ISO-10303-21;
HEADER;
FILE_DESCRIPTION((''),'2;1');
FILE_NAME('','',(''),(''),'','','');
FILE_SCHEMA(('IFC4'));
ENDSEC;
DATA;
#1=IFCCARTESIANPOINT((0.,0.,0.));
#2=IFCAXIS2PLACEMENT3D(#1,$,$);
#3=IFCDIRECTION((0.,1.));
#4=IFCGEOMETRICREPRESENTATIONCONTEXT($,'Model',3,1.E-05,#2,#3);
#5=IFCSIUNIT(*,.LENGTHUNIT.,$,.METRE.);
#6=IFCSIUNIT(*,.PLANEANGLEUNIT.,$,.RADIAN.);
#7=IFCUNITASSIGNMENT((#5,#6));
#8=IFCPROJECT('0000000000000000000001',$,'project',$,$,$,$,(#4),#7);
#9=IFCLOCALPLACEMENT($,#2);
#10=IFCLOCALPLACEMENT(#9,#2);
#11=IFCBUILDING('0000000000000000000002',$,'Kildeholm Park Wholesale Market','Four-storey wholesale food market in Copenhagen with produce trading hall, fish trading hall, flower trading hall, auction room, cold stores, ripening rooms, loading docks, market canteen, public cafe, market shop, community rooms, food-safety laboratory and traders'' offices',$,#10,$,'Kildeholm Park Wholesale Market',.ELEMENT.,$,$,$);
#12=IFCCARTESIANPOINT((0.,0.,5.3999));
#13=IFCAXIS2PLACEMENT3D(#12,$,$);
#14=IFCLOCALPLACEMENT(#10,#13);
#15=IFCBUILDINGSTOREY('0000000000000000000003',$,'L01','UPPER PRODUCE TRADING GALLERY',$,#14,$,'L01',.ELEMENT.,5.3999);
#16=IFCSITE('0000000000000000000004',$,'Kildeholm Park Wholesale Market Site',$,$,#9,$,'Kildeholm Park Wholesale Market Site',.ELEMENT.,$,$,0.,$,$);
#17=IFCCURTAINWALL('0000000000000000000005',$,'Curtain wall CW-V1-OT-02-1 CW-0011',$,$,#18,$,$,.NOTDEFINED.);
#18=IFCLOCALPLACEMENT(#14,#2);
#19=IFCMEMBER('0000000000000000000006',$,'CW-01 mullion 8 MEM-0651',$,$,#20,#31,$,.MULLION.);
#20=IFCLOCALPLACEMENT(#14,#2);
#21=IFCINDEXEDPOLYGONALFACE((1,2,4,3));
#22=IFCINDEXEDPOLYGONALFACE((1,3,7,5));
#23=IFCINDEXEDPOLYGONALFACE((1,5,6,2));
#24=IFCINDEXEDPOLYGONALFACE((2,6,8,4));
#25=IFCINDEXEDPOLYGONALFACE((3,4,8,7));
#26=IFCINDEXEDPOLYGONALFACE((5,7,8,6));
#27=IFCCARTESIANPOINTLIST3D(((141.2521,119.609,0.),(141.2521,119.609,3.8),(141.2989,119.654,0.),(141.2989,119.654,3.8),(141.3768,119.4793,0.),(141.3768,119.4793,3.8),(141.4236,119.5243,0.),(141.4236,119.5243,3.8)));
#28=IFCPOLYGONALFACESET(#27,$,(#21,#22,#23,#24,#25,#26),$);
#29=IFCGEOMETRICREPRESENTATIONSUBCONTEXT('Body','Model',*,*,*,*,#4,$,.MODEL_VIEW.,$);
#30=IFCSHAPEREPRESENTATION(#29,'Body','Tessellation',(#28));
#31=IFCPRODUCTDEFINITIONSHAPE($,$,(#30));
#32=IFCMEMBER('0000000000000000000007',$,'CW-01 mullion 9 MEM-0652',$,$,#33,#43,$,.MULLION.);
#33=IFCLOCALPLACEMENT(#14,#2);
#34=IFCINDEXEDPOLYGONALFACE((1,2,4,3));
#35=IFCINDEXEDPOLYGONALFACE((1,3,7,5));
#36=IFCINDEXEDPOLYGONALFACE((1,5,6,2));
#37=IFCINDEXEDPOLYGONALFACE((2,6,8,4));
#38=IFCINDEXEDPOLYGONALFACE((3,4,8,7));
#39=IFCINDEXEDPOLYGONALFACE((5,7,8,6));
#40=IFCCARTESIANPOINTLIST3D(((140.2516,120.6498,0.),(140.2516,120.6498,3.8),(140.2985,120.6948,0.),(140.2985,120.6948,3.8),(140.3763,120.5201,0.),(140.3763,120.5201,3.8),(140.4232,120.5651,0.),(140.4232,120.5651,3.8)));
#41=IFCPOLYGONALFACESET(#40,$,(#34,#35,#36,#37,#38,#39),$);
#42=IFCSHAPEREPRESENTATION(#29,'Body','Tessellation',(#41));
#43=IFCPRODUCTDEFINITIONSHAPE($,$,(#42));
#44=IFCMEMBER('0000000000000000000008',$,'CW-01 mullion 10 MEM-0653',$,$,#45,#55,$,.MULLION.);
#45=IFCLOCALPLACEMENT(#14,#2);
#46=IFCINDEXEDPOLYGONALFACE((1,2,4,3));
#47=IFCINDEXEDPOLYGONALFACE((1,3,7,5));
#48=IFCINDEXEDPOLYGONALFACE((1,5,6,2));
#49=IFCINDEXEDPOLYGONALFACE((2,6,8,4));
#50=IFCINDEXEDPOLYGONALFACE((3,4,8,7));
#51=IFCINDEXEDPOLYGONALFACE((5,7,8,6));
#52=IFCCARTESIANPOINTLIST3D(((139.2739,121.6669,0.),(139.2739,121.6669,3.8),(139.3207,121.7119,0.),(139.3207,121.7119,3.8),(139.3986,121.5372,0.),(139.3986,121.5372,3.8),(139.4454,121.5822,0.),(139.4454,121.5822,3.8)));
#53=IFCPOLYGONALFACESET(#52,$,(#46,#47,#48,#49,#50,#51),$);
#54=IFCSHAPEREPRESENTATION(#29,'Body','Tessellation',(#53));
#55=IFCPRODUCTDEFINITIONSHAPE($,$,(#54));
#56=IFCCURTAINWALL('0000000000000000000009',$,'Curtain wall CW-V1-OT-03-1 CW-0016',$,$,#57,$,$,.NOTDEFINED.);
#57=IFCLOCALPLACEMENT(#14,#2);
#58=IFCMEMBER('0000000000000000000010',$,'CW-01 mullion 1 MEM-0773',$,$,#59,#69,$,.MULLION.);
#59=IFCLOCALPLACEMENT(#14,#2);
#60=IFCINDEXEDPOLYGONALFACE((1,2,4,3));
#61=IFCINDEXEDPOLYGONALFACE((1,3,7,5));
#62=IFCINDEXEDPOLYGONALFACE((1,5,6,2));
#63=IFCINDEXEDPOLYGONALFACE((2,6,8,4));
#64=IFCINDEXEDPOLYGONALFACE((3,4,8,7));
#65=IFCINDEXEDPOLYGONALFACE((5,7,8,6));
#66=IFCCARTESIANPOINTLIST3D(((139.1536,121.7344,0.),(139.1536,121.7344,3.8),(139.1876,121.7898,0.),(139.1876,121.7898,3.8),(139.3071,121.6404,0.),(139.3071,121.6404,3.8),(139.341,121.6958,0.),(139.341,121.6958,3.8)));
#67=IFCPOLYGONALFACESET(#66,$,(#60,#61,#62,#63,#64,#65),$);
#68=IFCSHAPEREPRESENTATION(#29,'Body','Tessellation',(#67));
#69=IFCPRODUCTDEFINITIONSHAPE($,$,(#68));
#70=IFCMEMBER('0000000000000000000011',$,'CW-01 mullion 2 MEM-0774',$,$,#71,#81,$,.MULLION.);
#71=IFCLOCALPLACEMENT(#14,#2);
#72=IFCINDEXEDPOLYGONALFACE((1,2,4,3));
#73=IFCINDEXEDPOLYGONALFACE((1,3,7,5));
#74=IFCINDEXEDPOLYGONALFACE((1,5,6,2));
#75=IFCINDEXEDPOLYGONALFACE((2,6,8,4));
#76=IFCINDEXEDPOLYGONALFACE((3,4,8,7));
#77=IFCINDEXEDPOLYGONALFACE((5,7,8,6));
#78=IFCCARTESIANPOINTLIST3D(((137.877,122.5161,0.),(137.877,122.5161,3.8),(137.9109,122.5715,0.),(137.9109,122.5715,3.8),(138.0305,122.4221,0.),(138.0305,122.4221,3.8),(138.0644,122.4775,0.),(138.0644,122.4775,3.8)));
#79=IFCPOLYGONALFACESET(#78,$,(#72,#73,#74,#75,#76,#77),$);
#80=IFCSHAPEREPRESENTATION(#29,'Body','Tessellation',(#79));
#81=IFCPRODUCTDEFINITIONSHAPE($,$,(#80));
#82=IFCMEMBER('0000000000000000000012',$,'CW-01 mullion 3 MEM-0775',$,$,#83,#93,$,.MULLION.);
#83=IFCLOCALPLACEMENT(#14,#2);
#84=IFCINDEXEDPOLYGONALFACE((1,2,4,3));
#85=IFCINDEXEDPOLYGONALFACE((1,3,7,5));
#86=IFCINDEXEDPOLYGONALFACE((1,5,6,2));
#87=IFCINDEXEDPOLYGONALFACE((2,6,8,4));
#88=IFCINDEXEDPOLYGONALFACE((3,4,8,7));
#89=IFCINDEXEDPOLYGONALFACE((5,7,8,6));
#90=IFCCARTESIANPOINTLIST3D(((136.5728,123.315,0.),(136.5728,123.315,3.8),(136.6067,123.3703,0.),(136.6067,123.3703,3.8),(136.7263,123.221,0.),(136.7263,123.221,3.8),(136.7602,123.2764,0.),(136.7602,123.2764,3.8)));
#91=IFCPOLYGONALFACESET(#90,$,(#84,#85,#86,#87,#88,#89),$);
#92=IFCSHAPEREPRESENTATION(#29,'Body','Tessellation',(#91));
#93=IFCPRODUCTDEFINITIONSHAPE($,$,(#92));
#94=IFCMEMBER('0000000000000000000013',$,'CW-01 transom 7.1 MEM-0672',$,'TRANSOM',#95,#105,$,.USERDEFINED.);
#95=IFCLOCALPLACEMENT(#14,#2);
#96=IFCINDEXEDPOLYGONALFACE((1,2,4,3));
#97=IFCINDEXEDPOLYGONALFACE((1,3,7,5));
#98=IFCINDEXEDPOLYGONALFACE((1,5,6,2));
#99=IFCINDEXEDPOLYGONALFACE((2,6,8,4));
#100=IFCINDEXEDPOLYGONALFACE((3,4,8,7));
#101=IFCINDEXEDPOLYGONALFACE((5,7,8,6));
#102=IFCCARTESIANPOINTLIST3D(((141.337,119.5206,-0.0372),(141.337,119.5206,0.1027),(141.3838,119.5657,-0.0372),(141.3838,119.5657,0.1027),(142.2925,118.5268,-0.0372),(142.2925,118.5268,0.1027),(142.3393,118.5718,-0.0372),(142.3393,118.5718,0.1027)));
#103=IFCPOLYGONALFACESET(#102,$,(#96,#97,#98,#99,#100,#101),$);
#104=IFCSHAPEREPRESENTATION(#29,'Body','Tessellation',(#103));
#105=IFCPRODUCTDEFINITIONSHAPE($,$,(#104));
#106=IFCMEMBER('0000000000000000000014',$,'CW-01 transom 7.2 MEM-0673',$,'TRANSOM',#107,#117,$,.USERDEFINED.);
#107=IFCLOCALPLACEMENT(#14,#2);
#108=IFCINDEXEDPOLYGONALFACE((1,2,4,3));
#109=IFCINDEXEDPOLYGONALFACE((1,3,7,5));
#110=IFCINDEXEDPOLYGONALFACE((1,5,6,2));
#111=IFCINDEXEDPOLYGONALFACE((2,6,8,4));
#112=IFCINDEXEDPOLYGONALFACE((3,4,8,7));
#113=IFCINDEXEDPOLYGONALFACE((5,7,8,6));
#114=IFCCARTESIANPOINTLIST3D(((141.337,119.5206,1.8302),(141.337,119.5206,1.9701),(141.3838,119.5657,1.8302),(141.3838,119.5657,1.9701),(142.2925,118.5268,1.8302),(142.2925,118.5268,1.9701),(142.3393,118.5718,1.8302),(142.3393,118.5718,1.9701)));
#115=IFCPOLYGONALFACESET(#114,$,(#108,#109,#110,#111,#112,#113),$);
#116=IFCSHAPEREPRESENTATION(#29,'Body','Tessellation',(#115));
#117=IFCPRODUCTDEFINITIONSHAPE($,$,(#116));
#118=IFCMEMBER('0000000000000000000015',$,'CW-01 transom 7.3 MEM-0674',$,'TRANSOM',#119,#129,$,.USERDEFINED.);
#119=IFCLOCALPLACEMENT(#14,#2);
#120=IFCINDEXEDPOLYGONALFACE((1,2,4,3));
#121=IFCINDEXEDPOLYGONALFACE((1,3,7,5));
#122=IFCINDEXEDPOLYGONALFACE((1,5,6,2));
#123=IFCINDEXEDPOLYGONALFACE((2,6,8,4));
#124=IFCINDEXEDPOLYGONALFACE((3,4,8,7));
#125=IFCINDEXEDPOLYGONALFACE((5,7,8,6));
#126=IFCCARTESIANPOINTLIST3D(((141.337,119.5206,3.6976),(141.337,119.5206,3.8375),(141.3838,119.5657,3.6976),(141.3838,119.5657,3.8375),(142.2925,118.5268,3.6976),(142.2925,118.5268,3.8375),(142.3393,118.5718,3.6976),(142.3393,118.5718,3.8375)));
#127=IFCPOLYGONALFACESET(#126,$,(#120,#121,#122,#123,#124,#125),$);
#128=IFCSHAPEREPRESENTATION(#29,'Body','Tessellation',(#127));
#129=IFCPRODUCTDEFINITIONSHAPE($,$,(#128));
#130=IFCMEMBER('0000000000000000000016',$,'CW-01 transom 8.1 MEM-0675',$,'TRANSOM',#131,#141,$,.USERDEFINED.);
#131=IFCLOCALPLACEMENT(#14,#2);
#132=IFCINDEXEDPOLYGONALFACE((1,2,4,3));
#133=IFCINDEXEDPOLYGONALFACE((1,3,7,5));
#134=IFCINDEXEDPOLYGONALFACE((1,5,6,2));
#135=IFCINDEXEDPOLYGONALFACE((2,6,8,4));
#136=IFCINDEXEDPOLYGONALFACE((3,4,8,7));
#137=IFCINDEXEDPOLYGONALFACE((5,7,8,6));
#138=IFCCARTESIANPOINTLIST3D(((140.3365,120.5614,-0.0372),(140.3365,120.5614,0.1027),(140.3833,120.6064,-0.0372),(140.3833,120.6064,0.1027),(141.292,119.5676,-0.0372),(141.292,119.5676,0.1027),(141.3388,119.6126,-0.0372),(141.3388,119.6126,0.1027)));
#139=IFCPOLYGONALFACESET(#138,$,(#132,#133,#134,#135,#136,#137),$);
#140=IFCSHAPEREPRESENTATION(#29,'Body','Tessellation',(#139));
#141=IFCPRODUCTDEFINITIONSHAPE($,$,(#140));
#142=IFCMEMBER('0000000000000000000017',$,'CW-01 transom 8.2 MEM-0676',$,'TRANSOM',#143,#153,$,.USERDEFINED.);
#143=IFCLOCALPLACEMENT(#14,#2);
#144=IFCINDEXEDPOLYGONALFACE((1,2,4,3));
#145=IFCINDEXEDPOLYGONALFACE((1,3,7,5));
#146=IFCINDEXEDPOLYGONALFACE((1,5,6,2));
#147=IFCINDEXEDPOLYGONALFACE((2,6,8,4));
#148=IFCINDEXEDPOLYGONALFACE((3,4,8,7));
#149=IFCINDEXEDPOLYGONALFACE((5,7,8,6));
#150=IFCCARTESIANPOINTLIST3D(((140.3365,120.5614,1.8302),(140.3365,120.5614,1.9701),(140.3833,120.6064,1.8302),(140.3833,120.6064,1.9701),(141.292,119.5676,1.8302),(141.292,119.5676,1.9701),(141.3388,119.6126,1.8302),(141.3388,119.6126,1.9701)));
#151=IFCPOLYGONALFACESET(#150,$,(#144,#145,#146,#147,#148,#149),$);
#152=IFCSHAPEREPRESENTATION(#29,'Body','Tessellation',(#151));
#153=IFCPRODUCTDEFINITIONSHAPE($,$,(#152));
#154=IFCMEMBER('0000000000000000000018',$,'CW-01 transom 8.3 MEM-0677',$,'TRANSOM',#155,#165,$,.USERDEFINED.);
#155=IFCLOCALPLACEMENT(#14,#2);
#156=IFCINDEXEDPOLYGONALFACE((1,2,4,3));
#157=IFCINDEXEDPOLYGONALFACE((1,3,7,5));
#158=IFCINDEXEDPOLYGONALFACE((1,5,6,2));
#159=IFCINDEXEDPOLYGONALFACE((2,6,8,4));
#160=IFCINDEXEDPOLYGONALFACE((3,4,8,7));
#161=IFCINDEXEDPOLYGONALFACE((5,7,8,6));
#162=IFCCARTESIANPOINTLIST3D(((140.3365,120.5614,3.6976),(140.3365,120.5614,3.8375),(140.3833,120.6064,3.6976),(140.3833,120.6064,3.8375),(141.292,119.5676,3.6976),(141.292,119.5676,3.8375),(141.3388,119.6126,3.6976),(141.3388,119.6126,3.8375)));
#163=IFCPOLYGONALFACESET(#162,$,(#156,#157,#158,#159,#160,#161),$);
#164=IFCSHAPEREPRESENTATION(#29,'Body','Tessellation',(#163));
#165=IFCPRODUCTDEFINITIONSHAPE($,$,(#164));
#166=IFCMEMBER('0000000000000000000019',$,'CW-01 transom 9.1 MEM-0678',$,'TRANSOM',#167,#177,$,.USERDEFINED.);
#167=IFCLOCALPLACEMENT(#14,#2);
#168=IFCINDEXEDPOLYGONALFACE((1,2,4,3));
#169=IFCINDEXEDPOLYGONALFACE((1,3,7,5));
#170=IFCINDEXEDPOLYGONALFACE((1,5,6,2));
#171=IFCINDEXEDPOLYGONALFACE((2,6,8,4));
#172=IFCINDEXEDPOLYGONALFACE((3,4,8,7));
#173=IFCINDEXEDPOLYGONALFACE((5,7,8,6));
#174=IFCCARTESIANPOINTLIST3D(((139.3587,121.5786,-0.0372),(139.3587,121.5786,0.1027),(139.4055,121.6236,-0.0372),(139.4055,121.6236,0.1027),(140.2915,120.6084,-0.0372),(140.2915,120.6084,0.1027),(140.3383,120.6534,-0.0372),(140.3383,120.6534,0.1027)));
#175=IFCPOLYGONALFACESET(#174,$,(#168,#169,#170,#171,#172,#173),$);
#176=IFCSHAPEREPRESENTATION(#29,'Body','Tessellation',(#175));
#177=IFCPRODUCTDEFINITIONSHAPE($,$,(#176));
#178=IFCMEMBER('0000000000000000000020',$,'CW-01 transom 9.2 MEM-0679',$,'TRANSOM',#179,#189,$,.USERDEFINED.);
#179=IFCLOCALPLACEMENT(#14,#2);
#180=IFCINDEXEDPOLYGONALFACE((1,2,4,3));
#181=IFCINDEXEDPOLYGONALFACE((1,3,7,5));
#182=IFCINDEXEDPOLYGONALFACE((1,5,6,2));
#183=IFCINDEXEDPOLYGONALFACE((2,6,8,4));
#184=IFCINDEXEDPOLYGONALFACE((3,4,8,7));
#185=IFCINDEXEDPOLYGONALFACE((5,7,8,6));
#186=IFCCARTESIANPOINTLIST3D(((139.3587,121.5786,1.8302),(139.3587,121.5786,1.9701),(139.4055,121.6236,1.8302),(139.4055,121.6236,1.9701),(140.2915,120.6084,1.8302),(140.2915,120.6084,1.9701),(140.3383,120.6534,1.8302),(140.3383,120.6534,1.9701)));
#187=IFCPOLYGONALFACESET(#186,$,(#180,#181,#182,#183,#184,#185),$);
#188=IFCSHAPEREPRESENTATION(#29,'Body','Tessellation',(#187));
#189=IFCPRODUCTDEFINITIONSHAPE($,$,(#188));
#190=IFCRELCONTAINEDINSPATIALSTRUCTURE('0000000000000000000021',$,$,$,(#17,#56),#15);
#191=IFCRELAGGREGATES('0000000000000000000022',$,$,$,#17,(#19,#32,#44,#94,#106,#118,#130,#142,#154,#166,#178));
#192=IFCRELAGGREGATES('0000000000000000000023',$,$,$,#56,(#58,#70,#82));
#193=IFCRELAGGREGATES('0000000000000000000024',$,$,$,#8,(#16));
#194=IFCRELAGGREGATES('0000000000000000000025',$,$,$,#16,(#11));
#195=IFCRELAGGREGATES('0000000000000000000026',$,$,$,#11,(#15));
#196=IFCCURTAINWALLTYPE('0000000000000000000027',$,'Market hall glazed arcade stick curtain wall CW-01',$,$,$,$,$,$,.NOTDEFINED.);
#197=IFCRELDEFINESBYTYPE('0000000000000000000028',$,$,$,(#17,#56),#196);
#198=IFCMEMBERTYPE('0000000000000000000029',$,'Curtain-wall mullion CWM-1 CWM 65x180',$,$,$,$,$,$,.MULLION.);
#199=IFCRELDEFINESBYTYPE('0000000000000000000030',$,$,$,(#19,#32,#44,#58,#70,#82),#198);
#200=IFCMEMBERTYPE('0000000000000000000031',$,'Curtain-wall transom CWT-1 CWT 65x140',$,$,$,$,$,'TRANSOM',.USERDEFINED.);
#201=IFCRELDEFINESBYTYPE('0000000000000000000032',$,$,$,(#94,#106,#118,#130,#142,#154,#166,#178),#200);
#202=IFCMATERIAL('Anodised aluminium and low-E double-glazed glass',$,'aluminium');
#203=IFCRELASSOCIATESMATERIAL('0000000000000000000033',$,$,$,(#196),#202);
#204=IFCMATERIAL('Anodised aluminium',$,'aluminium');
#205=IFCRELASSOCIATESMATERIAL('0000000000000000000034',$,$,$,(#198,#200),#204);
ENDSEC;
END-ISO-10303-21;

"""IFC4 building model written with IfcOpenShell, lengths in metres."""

from ifc_helpers import new_model, si_unit, direction, frame, origin, origin_2d, place, context, subcontext, project, spatial, rectangle, extrude, material, material_profile, profile_set, type_object, element, aggregate, save


model = new_model("IFC4")

# Units and contexts
model_context = context("Model", 3, precision=1e-05, world=origin(), true_north=direction((0.0, 1.0)))
body_context = subcontext(model_context, "Body", "Model", "MODEL_VIEW")
ifc_project = project(units=[si_unit("LENGTHUNIT", "METRE"), si_unit("PLANEANGLEUNIT", "RADIAN")], contexts=[model_context])

# Site, building, storey
site_placement = place(None, origin())
site = spatial("IfcSite", under=ifc_project, at=site_placement, Name="Kildeholm Park Wholesale Market Site", LongName="Kildeholm Park Wholesale Market Site", CompositionType="ELEMENT", RefElevation=0.0)
building_placement = place(site_placement, origin())
building = spatial("IfcBuilding", under=site, at=building_placement, Name="Kildeholm Park Wholesale Market", Description="Four-storey wholesale food market in Copenhagen with produce trading hall, fish trading hall, flower trading hall, auction room, cold stores, ripening rooms, loading docks, market canteen, public cafe, market shop, community rooms, food-safety laboratory and traders' offices", LongName="Kildeholm Park Wholesale Market", CompositionType="ELEMENT")
storey_placement = place(building_placement, frame((0.0, 0.0, 5.3999)))
storey = spatial("IfcBuildingStorey", under=building, at=storey_placement, Name="L01", Description="UPPER PRODUCE TRADING GALLERY", LongName="L01", CompositionType="ELEMENT", Elevation=5.3999)

# Curtain walls, members
ifc_material_1 = material(Name="Anodised aluminium and low-E double-glazed glass", Category="aluminium")
curtain_wall_type = type_object("IfcCurtainWallType", Name="Market hall glazed arcade stick curtain wall CW-01", PredefinedType="NOTDEFINED", material=ifc_material_1)
curtain_wall_1_placement = place(storey_placement, origin())
curtain_wall_1 = element("IfcCurtainWall", 1, at=curtain_wall_1_placement, inside=storey, type_object=curtain_wall_type, Name="Curtain wall CW-V1-OT-02-1 CW-0011", PredefinedType="NOTDEFINED")
ifc_material_2 = material(Name="Anodised aluminium", Category="aluminium")
ifc_material_profile_1 = material_profile(ifc_material_2, rectangle(XDim=0.0649, YDim=0.1799, at=origin_2d()), Name="CWM 65x180")
ifc_profile_set_1 = profile_set([ifc_material_profile_1], Name="Anodised aluminium")
member_type_1 = type_object("IfcMemberType", Name="Curtain-wall mullion CWM-1 CWM 65x180", PredefinedType="MULLION", material=ifc_profile_set_1)
member_1_placement = place(storey_placement, frame((141.3379, 119.5667, 0.0), z_axis=(0.0, 0.0, 1.0), x_axis=(-0.720901, -0.693038, 0.0)))
member_1 = element("IfcMember", 2, at=member_1_placement, type_object=member_type_1, Name="CW-01 mullion 8 MEM-0651", PredefinedType="MULLION", context=body_context, shape_type="SweptSolid", body=[
    extrude(rectangle(XDim=0.0649, YDim=0.1799, at=origin_2d()), origin(), (0.0, 0.0, 1.0), 3.8),
])
member_2_placement = place(storey_placement, frame((140.3374, 120.6074, 0.0), z_axis=(0.0, 0.0, 1.0), x_axis=(-0.720901, -0.693038, 0.0)))
member_2 = element("IfcMember", 3, at=member_2_placement, type_object=member_type_1, Name="CW-01 mullion 9 MEM-0652", PredefinedType="MULLION", context=body_context, shape_type="SweptSolid", body=[
    extrude(rectangle(XDim=0.0649, YDim=0.1799, at=origin_2d()), origin(), (0.0, 0.0, 1.0), 3.8),
])
member_3_placement = place(storey_placement, frame((139.3596, 121.6245, 0.0), z_axis=(0.0, 0.0, 1.0), x_axis=(-0.720901, -0.693038, 0.0)))
member_3 = element("IfcMember", 4, at=member_3_placement, type_object=member_type_1, Name="CW-01 mullion 10 MEM-0653", PredefinedType="MULLION", context=body_context, shape_type="SweptSolid", body=[
    extrude(rectangle(XDim=0.0649, YDim=0.1799, at=origin_2d()), origin(), (0.0, 0.0, 1.0), 3.8),
])
curtain_wall_2_placement = place(storey_placement, origin())
curtain_wall_2 = element("IfcCurtainWall", 5, at=curtain_wall_2_placement, inside=storey, type_object=curtain_wall_type, Name="Curtain wall CW-V1-OT-03-1 CW-0016", PredefinedType="NOTDEFINED")
member_4_placement = place(storey_placement, frame((139.2473, 121.7151, 0.0), z_axis=(0.0, 0.0, 1.0), x_axis=(-0.522284, -0.852771, 0.0)))
member_4 = element("IfcMember", 6, at=member_4_placement, type_object=member_type_1, Name="CW-01 mullion 1 MEM-0773", PredefinedType="MULLION", context=body_context, shape_type="SweptSolid", body=[
    extrude(rectangle(XDim=0.0649, YDim=0.1799, at=origin_2d()), origin(), (0.0, 0.0, 1.0), 3.8),
])
member_5_placement = place(storey_placement, frame((137.9707, 122.4968, 0.0), z_axis=(0.0, 0.0, 1.0), x_axis=(-0.522284, -0.852771, 0.0)))
member_5 = element("IfcMember", 7, at=member_5_placement, type_object=member_type_1, Name="CW-01 mullion 2 MEM-0774", PredefinedType="MULLION", context=body_context, shape_type="SweptSolid", body=[
    extrude(rectangle(XDim=0.0649, YDim=0.1799, at=origin_2d()), origin(), (0.0, 0.0, 1.0), 3.8),
])
member_6_placement = place(storey_placement, frame((136.6665, 123.2957, 0.0), z_axis=(0.0, 0.0, 1.0), x_axis=(-0.522284, -0.852771, 0.0)))
member_6 = element("IfcMember", 8, at=member_6_placement, type_object=member_type_1, Name="CW-01 mullion 3 MEM-0775", PredefinedType="MULLION", context=body_context, shape_type="SweptSolid", body=[
    extrude(rectangle(XDim=0.0649, YDim=0.1799, at=origin_2d()), origin(), (0.0, 0.0, 1.0), 3.8),
])

# Members
ifc_material_profile_2 = material_profile(ifc_material_2, rectangle(XDim=0.0649, YDim=0.1399, at=origin_2d()), Name="CWT 65x140")
ifc_profile_set_2 = profile_set([ifc_material_profile_2], Name="Anodised aluminium")
member_type_2 = type_object("IfcMemberType", Name="Curtain-wall transom CWT-1 CWT 65x140", ElementType="TRANSOM", PredefinedType="USERDEFINED", material=ifc_profile_set_2)
member_7_placement = place(storey_placement, frame((142.3159, 118.5493, 0.0327), z_axis=(-0.69307, 0.72087, 0.0), x_axis=(-0.72087, -0.69307, 0.0)))
member_7 = element("IfcMember", 9, at=member_7_placement, type_object=member_type_2, Name="CW-01 transom 7.1 MEM-0672", ObjectType="TRANSOM", PredefinedType="USERDEFINED", context=body_context, shape_type="SweptSolid", body=[
    extrude(rectangle(XDim=0.0649, YDim=0.1399, at=origin_2d()), origin(), (0.0, 0.0, 1.0), 1.3787),
])
member_8_placement = place(storey_placement, frame((142.3159, 118.5493, 1.9001), z_axis=(-0.69307, 0.72087, 0.0), x_axis=(-0.72087, -0.69307, 0.0)))
member_8 = element("IfcMember", 10, at=member_8_placement, type_object=member_type_2, Name="CW-01 transom 7.2 MEM-0673", ObjectType="TRANSOM", PredefinedType="USERDEFINED", context=body_context, shape_type="SweptSolid", body=[
    extrude(rectangle(XDim=0.0649, YDim=0.1399, at=origin_2d()), origin(), (0.0, 0.0, 1.0), 1.3787),
])
member_9_placement = place(storey_placement, frame((142.3159, 118.5493, 3.7676), z_axis=(-0.69307, 0.72087, 0.0), x_axis=(-0.72087, -0.69307, 0.0)))
member_9 = element("IfcMember", 11, at=member_9_placement, type_object=member_type_2, Name="CW-01 transom 7.3 MEM-0674", ObjectType="TRANSOM", PredefinedType="USERDEFINED", context=body_context, shape_type="SweptSolid", body=[
    extrude(rectangle(XDim=0.0649, YDim=0.1399, at=origin_2d()), origin(), (0.0, 0.0, 1.0), 1.3787),
])
member_10_placement = place(storey_placement, frame((141.3154, 119.5901, 0.0327), z_axis=(-0.69307, 0.72087, 0.0), x_axis=(-0.72087, -0.69307, 0.0)))
member_10 = element("IfcMember", 12, at=member_10_placement, type_object=member_type_2, Name="CW-01 transom 8.1 MEM-0675", ObjectType="TRANSOM", PredefinedType="USERDEFINED", context=body_context, shape_type="SweptSolid", body=[
    extrude(rectangle(XDim=0.0649, YDim=0.1399, at=origin_2d()), origin(), (0.0, 0.0, 1.0), 1.3787),
])
member_11_placement = place(storey_placement, frame((141.3154, 119.5901, 1.9001), z_axis=(-0.69307, 0.72087, 0.0), x_axis=(-0.72087, -0.69307, 0.0)))
member_11 = element("IfcMember", 13, at=member_11_placement, type_object=member_type_2, Name="CW-01 transom 8.2 MEM-0676", ObjectType="TRANSOM", PredefinedType="USERDEFINED", context=body_context, shape_type="SweptSolid", body=[
    extrude(rectangle(XDim=0.0649, YDim=0.1399, at=origin_2d()), origin(), (0.0, 0.0, 1.0), 1.3787),
])
member_12_placement = place(storey_placement, frame((141.3154, 119.5901, 3.7676), z_axis=(-0.69307, 0.72087, 0.0), x_axis=(-0.72087, -0.69307, 0.0)))
member_12 = element("IfcMember", 14, at=member_12_placement, type_object=member_type_2, Name="CW-01 transom 8.3 MEM-0677", ObjectType="TRANSOM", PredefinedType="USERDEFINED", context=body_context, shape_type="SweptSolid", body=[
    extrude(rectangle(XDim=0.0649, YDim=0.1399, at=origin_2d()), origin(), (0.0, 0.0, 1.0), 1.3787),
])
member_13_placement = place(storey_placement, frame((140.3149, 120.6309, 0.0327), z_axis=(-0.693094, 0.720847, 0.0), x_axis=(-0.720847, -0.693094, 0.0)))
member_13 = element("IfcMember", 15, at=member_13_placement, type_object=member_type_2, Name="CW-01 transom 9.1 MEM-0678", ObjectType="TRANSOM", PredefinedType="USERDEFINED", context=body_context, shape_type="SweptSolid", body=[
    extrude(rectangle(XDim=0.0649, YDim=0.1399, at=origin_2d()), origin(), (0.0, 0.0, 1.0), 1.3459),
])
member_14_placement = place(storey_placement, frame((140.3149, 120.6309, 1.9001), z_axis=(-0.693094, 0.720847, 0.0), x_axis=(-0.720847, -0.693094, 0.0)))
member_14 = element("IfcMember", 16, at=member_14_placement, type_object=member_type_2, Name="CW-01 transom 9.2 MEM-0679", ObjectType="TRANSOM", PredefinedType="USERDEFINED", context=body_context, shape_type="SweptSolid", body=[
    extrude(rectangle(XDim=0.0649, YDim=0.1399, at=origin_2d()), origin(), (0.0, 0.0, 1.0), 1.3459),
])

aggregate(curtain_wall_1, [member_1, member_2, member_3, member_7, member_8, member_9, member_10, member_11, member_12, member_13, member_14])
aggregate(curtain_wall_2, [member_4, member_5, member_6])

save(model, "model.ifc")
